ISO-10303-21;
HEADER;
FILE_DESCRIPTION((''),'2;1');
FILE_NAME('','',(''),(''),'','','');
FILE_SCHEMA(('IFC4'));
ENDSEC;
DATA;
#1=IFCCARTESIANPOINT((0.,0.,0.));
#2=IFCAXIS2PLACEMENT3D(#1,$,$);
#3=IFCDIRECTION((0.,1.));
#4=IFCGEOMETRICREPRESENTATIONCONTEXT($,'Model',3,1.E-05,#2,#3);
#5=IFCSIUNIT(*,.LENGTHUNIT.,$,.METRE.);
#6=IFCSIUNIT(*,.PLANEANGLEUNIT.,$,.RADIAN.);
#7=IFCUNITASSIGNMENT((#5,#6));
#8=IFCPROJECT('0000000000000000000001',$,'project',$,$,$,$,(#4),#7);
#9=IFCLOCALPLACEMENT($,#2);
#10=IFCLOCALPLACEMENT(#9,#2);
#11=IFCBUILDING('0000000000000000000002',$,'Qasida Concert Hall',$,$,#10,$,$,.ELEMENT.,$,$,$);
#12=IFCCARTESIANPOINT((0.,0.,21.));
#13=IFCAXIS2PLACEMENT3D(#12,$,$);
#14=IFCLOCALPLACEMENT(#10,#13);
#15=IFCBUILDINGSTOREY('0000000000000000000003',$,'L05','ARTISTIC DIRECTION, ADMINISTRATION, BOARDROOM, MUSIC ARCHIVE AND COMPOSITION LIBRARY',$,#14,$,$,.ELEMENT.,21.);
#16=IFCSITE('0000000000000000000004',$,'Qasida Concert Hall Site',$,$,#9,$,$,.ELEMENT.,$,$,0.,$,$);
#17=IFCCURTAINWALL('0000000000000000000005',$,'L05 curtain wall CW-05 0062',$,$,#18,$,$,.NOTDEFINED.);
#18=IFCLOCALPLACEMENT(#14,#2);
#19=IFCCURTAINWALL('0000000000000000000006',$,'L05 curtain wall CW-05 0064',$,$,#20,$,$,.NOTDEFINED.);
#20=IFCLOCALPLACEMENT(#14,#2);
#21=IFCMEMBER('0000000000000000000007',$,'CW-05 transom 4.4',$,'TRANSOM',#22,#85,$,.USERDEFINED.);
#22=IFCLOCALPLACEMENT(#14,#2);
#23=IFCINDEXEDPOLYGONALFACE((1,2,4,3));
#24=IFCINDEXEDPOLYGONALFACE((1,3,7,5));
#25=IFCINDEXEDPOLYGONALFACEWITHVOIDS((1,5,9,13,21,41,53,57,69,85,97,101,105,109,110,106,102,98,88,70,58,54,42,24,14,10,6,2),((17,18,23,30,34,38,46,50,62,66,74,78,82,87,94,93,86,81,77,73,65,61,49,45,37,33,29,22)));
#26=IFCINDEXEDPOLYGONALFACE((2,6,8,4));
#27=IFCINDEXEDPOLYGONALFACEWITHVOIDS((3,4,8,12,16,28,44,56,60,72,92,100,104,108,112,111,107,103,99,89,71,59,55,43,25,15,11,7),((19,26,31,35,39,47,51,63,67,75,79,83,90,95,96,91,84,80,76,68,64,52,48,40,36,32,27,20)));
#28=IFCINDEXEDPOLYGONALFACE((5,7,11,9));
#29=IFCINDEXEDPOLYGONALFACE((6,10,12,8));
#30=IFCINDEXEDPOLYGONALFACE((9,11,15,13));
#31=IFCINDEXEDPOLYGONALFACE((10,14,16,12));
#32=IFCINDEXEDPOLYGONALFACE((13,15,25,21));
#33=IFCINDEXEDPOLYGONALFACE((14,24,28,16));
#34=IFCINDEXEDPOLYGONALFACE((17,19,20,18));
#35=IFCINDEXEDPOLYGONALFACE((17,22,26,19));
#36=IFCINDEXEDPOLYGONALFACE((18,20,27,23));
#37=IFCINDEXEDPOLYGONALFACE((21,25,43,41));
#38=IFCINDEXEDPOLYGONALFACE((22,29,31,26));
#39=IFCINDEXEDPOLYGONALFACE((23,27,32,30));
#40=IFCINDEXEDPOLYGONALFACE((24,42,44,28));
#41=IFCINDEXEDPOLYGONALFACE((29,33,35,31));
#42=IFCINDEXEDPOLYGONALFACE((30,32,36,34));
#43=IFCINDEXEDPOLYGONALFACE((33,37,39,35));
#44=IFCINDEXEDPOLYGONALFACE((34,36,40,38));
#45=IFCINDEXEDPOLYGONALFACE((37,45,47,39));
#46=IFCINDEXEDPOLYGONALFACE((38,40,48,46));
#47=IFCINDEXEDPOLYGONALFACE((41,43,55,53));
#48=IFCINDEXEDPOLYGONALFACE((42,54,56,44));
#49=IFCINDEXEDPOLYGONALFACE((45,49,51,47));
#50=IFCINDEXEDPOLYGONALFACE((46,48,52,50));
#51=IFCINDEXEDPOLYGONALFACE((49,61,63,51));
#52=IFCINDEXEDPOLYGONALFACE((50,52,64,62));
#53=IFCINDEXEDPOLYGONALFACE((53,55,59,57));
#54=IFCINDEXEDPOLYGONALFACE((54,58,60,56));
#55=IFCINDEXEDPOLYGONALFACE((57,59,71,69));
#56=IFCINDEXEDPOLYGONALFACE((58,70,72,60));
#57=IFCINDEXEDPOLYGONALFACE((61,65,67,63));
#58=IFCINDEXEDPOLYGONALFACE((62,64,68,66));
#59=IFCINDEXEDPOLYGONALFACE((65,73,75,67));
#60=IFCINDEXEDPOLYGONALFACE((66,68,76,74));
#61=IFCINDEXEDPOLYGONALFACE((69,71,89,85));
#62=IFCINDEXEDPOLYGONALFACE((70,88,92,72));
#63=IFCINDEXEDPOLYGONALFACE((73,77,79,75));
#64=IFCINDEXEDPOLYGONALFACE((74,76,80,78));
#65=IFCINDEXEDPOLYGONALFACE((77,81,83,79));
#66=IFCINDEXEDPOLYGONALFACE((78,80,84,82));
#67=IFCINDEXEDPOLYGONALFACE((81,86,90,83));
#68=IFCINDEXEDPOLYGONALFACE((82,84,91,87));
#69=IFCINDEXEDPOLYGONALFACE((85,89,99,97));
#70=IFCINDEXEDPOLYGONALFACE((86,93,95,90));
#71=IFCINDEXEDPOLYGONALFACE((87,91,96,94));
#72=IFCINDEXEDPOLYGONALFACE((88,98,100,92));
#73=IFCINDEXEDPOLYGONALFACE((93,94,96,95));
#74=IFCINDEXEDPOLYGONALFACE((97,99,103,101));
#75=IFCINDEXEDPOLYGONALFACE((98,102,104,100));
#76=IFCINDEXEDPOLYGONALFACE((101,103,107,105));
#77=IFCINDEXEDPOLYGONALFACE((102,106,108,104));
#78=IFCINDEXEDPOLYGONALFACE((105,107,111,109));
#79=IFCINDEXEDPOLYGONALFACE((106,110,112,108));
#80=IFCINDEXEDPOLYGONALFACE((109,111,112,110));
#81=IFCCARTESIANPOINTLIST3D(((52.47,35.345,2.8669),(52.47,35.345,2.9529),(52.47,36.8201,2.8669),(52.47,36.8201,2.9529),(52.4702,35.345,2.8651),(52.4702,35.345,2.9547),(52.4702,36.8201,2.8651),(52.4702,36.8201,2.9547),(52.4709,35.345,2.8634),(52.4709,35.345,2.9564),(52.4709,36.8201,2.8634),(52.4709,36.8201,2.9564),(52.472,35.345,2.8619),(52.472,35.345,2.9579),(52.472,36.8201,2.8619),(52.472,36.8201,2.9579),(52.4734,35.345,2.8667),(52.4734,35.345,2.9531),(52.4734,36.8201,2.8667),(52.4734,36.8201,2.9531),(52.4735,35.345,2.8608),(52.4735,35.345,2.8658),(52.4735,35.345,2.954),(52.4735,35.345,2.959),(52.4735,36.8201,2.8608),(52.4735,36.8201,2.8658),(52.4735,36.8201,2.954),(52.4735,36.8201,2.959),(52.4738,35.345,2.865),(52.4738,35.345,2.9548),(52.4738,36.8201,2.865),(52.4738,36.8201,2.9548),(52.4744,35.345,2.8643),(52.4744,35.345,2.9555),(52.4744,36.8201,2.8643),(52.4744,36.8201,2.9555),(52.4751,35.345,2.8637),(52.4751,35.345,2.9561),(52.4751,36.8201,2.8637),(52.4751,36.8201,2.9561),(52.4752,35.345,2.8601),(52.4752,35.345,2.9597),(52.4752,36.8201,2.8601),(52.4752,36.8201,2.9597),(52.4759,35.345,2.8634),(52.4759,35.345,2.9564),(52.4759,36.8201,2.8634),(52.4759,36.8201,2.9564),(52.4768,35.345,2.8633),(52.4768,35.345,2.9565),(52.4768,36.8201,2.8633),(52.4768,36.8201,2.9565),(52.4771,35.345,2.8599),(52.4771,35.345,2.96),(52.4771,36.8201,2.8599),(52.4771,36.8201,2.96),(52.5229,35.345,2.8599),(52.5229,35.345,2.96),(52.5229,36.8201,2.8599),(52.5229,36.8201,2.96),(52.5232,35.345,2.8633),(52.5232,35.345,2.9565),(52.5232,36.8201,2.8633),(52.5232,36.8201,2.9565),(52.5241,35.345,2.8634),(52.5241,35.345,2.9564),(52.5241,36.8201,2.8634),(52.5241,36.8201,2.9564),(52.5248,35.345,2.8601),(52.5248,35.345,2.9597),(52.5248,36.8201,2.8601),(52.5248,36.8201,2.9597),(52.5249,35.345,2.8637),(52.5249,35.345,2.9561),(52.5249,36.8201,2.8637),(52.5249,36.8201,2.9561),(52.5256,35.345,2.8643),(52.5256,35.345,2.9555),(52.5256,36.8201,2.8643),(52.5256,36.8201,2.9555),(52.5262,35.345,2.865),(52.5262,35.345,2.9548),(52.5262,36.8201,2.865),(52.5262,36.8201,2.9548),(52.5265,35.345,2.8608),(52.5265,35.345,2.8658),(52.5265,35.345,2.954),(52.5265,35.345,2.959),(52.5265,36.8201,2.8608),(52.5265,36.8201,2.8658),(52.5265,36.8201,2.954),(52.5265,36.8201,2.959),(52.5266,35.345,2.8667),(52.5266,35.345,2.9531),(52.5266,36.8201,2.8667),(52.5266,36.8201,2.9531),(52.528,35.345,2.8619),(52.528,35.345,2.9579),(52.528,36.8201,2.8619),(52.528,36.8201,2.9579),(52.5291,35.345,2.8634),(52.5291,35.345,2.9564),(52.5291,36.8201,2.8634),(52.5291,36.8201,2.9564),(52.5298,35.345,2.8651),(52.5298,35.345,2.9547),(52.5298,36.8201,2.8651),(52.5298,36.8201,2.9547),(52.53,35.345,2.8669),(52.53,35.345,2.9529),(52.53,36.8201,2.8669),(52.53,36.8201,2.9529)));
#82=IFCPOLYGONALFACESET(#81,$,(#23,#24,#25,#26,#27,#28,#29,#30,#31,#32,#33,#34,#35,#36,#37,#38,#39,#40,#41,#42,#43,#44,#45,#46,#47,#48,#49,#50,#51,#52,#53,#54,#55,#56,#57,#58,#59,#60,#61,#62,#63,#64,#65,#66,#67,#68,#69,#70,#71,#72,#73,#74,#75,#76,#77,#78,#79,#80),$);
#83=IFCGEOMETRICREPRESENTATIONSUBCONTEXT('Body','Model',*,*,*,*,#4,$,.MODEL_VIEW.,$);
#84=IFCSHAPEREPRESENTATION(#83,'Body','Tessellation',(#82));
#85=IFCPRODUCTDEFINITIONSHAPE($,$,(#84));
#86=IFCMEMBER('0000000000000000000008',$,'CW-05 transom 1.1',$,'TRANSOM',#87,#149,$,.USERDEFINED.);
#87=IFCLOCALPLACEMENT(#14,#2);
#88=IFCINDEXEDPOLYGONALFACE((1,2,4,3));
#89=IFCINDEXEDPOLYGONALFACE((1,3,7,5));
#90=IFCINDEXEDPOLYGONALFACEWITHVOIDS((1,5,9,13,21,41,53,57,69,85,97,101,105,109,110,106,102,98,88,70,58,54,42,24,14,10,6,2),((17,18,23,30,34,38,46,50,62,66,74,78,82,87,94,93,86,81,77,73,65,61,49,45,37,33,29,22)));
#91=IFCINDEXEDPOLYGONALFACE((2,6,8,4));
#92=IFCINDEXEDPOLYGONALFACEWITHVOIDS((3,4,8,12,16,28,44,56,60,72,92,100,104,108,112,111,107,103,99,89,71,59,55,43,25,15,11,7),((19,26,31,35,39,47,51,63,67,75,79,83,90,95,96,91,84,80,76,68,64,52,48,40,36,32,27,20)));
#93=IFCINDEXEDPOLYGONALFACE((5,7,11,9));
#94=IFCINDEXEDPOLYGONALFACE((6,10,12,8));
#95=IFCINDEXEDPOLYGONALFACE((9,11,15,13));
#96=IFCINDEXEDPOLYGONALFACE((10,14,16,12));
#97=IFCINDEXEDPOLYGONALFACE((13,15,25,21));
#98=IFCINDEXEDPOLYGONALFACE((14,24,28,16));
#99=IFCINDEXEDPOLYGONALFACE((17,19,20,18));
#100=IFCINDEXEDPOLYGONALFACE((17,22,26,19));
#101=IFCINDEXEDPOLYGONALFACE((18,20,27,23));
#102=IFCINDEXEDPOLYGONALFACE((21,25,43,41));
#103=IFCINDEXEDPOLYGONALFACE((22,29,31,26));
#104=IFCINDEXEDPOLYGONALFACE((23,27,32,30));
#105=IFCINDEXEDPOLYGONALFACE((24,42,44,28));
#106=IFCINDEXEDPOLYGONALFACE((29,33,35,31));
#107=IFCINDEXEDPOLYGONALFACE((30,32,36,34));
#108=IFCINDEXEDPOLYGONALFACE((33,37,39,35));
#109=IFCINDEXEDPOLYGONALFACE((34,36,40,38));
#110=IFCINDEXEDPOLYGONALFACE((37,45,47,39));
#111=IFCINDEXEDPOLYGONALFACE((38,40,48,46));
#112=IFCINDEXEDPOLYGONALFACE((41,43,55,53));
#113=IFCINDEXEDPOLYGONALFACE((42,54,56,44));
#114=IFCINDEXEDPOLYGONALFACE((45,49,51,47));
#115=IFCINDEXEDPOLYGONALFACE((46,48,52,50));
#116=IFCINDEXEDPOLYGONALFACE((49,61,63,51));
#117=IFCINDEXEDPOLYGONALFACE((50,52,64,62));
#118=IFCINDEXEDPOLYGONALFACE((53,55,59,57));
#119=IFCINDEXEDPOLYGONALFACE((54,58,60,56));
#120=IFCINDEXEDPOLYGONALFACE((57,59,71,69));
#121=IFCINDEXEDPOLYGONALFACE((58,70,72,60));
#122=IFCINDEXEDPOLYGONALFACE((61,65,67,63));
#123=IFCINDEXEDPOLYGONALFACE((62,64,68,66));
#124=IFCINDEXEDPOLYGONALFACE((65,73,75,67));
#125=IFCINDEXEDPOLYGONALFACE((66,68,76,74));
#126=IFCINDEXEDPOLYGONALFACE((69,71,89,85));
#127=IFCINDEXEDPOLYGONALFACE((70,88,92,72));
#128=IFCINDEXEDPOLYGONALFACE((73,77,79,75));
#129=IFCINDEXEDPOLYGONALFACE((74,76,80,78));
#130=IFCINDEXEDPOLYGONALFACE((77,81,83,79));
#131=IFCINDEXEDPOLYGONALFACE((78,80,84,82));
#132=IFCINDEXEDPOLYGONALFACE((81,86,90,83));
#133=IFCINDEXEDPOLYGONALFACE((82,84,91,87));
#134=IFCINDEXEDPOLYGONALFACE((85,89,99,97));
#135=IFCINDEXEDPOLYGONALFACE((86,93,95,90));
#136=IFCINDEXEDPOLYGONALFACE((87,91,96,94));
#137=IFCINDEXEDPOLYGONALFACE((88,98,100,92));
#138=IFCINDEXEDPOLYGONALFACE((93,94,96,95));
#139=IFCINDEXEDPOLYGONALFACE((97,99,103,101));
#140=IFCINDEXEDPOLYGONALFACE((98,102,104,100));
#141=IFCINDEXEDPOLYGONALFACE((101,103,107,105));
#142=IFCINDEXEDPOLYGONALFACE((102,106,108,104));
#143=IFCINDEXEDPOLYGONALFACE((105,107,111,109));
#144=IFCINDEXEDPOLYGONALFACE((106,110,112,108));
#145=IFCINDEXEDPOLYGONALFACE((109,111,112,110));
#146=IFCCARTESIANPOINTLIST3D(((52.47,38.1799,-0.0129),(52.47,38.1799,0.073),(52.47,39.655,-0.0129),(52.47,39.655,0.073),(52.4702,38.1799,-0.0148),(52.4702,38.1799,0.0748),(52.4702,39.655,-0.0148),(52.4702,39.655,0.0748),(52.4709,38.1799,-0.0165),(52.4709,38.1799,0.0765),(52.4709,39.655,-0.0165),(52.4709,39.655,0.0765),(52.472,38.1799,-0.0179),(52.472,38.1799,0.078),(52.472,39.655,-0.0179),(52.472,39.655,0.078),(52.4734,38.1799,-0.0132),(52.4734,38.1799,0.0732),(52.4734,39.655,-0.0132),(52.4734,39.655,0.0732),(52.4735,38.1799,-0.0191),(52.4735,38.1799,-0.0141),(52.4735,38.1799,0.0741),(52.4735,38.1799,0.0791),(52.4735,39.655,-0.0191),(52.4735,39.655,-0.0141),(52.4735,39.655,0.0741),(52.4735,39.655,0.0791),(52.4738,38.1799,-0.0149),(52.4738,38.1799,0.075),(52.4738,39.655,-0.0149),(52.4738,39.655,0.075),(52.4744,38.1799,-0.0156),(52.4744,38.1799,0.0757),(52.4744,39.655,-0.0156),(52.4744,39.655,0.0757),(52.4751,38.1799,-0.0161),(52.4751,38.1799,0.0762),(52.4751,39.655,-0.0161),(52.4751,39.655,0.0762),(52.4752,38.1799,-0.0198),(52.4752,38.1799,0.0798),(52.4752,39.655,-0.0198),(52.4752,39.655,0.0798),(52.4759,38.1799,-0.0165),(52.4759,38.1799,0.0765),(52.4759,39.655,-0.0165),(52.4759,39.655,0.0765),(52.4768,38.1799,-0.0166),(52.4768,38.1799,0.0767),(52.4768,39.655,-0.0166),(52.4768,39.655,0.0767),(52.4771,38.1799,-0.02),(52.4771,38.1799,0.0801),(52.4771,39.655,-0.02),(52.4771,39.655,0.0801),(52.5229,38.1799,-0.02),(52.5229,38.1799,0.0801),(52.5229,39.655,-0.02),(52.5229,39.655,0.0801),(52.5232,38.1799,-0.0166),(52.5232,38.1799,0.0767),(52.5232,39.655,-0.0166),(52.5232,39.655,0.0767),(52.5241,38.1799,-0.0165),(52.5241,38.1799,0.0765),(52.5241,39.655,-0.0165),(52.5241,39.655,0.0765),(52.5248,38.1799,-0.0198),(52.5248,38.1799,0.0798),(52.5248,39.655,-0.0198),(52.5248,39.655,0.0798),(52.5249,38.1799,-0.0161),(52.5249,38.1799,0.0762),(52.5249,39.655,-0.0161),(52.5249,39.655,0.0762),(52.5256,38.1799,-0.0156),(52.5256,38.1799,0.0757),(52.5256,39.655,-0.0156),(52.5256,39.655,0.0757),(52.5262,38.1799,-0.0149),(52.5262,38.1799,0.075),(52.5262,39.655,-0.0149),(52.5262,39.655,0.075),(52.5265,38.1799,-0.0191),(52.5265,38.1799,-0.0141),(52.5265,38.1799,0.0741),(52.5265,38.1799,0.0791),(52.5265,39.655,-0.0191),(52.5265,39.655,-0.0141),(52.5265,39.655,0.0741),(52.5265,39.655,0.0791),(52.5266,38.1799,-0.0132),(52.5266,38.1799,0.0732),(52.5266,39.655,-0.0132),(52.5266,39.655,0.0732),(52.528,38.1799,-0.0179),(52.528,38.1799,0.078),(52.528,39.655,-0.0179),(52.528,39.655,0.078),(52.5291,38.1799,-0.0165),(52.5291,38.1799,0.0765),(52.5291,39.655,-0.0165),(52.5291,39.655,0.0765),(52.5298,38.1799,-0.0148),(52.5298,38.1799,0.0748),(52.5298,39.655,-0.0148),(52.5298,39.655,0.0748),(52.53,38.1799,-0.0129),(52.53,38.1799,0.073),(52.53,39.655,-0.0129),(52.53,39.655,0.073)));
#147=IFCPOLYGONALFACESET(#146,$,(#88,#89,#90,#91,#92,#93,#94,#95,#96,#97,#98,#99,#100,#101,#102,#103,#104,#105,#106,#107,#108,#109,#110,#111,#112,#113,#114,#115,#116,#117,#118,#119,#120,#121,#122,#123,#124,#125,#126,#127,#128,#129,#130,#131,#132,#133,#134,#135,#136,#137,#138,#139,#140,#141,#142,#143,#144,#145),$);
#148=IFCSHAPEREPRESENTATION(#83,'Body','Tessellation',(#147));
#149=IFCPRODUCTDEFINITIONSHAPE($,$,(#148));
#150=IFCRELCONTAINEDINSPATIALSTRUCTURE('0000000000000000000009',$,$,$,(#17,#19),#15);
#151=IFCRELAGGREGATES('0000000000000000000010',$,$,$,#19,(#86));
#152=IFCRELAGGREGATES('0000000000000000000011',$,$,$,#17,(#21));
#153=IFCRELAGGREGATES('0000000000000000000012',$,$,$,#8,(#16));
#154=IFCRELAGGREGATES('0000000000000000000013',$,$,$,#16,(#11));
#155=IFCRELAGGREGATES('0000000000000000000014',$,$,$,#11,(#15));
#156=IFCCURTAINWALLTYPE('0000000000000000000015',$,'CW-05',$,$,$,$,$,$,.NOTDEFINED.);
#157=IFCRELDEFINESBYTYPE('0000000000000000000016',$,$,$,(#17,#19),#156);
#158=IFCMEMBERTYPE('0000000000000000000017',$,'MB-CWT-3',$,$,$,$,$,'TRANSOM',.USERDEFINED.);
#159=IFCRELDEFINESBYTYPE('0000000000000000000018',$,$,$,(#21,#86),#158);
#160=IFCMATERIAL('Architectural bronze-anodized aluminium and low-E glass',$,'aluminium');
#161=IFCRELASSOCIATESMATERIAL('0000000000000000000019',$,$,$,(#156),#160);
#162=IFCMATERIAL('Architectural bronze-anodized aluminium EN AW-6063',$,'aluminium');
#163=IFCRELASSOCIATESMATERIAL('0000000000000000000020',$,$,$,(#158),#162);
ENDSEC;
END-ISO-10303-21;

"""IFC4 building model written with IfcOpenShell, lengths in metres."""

from ifc_helpers import new_model, si_unit, direction, frame, origin, origin_2d, place, context, subcontext, project, spatial, hollow_rectangle, extrude, material, material_profile, profile_set, type_object, element, aggregate, save


model = new_model("IFC4")

# Units and contexts
model_context = context("Model", 3, precision=1e-05, world=origin(), true_north=direction((0.0, 1.0)))
body_context = subcontext(model_context, "Body", "Model", "MODEL_VIEW")
ifc_project = project(units=[si_unit("LENGTHUNIT", "METRE"), si_unit("PLANEANGLEUNIT", "RADIAN")], contexts=[model_context])

# Site, building, storey
site_placement = place(None, origin())
site = spatial("IfcSite", under=ifc_project, at=site_placement, Name="Qasida Concert Hall Site", CompositionType="ELEMENT", RefElevation=0.0)
building_placement = place(site_placement, origin())
building = spatial("IfcBuilding", under=site, at=building_placement, Name="Qasida Concert Hall", CompositionType="ELEMENT")
storey_placement = place(building_placement, frame((0.0, 0.0, 21.0)))
storey = spatial("IfcBuildingStorey", under=building, at=storey_placement, Name="L05", Description="ARTISTIC DIRECTION, ADMINISTRATION, BOARDROOM, MUSIC ARCHIVE AND COMPOSITION LIBRARY", CompositionType="ELEMENT", Elevation=21.0)

# Curtain wall
ifc_material_1 = material(Name="Architectural bronze-anodized aluminium and low-E glass", Category="aluminium")
curtain_wall_type = type_object("IfcCurtainWallType", Name="CW-05", PredefinedType="NOTDEFINED", material=ifc_material_1)
curtain_wall_1_placement = place(storey_placement, origin())
curtain_wall_1 = element("IfcCurtainWall", 1, at=curtain_wall_1_placement, inside=storey, type_object=curtain_wall_type, Name="L05 curtain wall CW-05 0062", PredefinedType="NOTDEFINED")
ifc_material_2 = material(Name="Architectural bronze-anodized aluminium EN AW-6063", Category="aluminium")

# Curtain wall
curtain_wall_2_placement = place(storey_placement, origin())
curtain_wall_2 = element("IfcCurtainWall", 2, at=curtain_wall_2_placement, inside=storey, type_object=curtain_wall_type, Name="L05 curtain wall CW-05 0064", PredefinedType="NOTDEFINED")

# Members
ifc_material_profile_1 = material_profile(ifc_material_2, hollow_rectangle(XDim=0.0601, YDim=0.1001, WallThickness=0.0034, InnerFilletRadius=0.0034, OuterFilletRadius=0.0071, at=origin_2d()), Name="CWT 100x60x3.5")
ifc_profile_set_1 = profile_set([ifc_material_profile_1], Name="Architectural bronze-anodized aluminium EN AW-6063")
member_type_1 = type_object("IfcMemberType", Name="MB-CWT-3", ElementType="TRANSOM", PredefinedType="USERDEFINED", material=ifc_profile_set_1)
member_1_placement = place(storey_placement, frame((52.5, 35.345, 2.9099), z_axis=(0.0, 1.0, 0.0), x_axis=(-1.0, 0.0, 0.0)))
member_1 = element("IfcMember", 3, at=member_1_placement, type_object=member_type_1, Name="CW-05 transom 4.4", ObjectType="TRANSOM", PredefinedType="USERDEFINED", context=body_context, shape_type="SweptSolid", body=[
    extrude(hollow_rectangle(XDim=0.0601, YDim=0.1001, WallThickness=0.0034, InnerFilletRadius=0.0034, OuterFilletRadius=0.0071, at=origin_2d()), origin(), (0.0, 0.0, 1.0), 1.4751),
])
member_2_placement = place(storey_placement, frame((52.5, 38.1799, 0.03), z_axis=(0.0, 1.0, 0.0), x_axis=(-1.0, 0.0, 0.0)))
member_2 = element("IfcMember", 4, at=member_2_placement, type_object=member_type_1, Name="CW-05 transom 1.1", ObjectType="TRANSOM", PredefinedType="USERDEFINED", context=body_context, shape_type="SweptSolid", body=[
    extrude(hollow_rectangle(XDim=0.0601, YDim=0.1001, WallThickness=0.0034, InnerFilletRadius=0.0034, OuterFilletRadius=0.0071, at=origin_2d()), origin(), (0.0, 0.0, 1.0), 1.4751),
])
aggregate(curtain_wall_2, [member_2])

aggregate(curtain_wall_1, [member_1])

save(model, "model.ifc")
